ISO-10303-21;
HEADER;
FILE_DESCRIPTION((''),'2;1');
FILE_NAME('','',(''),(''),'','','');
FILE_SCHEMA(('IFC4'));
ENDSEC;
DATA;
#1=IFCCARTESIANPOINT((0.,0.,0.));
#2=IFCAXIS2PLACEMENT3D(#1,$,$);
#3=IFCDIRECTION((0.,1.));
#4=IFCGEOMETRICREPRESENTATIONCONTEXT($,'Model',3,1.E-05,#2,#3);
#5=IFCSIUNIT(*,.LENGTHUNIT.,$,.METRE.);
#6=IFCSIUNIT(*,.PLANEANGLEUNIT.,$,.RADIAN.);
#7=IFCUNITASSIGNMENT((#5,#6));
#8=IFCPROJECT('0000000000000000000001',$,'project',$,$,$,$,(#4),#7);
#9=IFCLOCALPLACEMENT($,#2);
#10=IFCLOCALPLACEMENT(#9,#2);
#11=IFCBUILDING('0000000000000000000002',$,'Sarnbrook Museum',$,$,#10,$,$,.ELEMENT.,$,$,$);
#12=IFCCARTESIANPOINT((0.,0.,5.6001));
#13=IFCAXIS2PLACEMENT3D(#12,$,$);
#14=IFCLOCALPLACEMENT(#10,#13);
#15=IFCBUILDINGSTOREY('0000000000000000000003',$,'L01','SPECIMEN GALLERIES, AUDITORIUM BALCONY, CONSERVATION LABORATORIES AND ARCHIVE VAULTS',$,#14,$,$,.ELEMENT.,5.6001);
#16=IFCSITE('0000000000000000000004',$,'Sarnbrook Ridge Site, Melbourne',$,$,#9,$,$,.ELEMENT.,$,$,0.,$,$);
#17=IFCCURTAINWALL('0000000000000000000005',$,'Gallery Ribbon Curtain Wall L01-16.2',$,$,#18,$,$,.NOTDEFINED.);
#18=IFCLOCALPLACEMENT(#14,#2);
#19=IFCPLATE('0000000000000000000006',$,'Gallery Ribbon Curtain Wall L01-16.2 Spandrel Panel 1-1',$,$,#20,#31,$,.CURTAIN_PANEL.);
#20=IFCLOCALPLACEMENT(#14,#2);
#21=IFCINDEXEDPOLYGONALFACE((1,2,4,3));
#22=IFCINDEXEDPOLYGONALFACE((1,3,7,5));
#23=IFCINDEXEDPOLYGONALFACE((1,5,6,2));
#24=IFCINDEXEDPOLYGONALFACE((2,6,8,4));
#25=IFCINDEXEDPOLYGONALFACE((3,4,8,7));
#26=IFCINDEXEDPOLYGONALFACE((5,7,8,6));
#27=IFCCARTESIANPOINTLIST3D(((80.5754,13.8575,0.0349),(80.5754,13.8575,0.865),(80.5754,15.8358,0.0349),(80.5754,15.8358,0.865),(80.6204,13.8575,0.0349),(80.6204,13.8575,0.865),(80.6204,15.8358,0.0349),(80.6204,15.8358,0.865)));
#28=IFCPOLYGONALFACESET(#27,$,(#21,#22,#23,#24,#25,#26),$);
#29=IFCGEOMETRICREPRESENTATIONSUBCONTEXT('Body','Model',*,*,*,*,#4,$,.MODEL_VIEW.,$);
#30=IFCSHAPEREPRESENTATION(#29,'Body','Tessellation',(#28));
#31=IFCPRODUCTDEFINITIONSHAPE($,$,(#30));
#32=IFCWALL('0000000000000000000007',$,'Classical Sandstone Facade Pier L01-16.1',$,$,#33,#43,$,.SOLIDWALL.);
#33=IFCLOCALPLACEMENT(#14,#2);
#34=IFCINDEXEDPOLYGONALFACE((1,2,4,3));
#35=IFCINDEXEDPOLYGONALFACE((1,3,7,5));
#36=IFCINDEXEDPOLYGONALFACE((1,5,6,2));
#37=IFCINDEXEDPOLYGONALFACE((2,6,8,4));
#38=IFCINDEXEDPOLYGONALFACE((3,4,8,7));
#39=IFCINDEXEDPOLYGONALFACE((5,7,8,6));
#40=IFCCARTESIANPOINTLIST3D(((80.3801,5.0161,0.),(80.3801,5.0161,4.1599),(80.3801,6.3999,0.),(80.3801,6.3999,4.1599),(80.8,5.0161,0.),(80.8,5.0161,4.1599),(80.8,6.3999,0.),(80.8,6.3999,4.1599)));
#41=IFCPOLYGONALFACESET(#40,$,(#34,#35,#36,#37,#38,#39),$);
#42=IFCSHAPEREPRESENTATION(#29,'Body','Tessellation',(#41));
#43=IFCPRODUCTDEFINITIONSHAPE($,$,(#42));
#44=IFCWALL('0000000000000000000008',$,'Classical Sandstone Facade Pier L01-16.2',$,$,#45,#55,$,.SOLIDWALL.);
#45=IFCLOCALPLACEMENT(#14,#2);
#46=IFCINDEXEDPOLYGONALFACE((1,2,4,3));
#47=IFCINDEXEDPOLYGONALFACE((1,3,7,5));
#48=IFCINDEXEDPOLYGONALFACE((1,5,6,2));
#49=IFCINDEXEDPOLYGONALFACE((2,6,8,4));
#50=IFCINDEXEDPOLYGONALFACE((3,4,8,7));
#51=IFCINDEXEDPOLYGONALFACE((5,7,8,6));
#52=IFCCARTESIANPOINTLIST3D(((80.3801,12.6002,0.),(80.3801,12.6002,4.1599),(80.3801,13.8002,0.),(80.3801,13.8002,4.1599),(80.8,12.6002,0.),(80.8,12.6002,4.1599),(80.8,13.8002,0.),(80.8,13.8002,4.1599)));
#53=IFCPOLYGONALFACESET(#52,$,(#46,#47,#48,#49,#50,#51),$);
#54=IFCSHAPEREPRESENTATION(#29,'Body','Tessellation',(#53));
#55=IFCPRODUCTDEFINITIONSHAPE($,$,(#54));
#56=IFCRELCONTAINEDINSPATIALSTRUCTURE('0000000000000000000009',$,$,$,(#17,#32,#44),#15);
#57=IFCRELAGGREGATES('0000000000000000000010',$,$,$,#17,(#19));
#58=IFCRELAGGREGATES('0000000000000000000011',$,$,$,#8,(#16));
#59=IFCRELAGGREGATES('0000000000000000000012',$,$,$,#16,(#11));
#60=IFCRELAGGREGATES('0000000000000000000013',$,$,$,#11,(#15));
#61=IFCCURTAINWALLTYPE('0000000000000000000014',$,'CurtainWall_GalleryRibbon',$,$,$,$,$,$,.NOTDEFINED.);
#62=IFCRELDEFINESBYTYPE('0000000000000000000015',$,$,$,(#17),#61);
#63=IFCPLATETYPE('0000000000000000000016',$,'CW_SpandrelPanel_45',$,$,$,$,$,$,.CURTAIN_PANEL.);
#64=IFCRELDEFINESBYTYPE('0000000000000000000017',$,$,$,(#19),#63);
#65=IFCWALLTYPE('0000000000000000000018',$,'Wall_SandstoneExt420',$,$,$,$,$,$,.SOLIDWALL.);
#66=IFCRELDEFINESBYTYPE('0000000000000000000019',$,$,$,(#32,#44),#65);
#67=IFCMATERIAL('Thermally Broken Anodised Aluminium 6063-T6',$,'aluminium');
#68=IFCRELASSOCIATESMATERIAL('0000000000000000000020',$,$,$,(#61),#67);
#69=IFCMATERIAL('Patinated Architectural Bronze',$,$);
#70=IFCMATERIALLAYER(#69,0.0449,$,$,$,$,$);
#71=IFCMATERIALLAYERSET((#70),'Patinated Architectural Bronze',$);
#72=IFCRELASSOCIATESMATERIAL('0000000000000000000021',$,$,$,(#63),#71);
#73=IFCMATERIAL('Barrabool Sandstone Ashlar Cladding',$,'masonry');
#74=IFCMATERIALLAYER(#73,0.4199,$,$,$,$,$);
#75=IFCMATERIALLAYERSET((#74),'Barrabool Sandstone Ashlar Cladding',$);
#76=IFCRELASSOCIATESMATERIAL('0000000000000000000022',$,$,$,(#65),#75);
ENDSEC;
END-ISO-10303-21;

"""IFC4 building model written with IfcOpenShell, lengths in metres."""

from ifc_helpers import new_model, si_unit, direction, frame, frame_2d, origin, origin_2d, place, context, subcontext, project, spatial, rectangle, extrude, material, layer, layer_set, type_object, element, aggregate, save


model = new_model("IFC4")

# Units and contexts
model_context = context("Model", 3, precision=1e-05, world=origin(), true_north=direction((0.0, 1.0)))
body_context = subcontext(model_context, "Body", "Model", "MODEL_VIEW")
ifc_project = project(units=[si_unit("LENGTHUNIT", "METRE"), si_unit("PLANEANGLEUNIT", "RADIAN")], contexts=[model_context])

# Site, building, storey
site_placement = place(None, origin())
site = spatial("IfcSite", under=ifc_project, at=site_placement, Name="Sarnbrook Ridge Site, Melbourne", CompositionType="ELEMENT", RefElevation=0.0)
building_placement = place(site_placement, origin())
building = spatial("IfcBuilding", under=site, at=building_placement, Name="Sarnbrook Museum", CompositionType="ELEMENT")
storey_placement = place(building_placement, frame((0.0, 0.0, 5.6001)))
storey = spatial("IfcBuildingStorey", under=building, at=storey_placement, Name="L01", Description="SPECIMEN GALLERIES, AUDITORIUM BALCONY, CONSERVATION LABORATORIES AND ARCHIVE VAULTS", CompositionType="ELEMENT", Elevation=5.6001)

# Shared definitions
ifc_material_1 = material(Name="Thermally Broken Anodised Aluminium 6063-T6", Category="aluminium")
curtain_wall_type = type_object("IfcCurtainWallType", Name="CurtainWall_GalleryRibbon", PredefinedType="NOTDEFINED", material=ifc_material_1)

# Curtain wall
curtain_wall_1_placement = place(storey_placement, origin())
curtain_wall_1 = element("IfcCurtainWall", 1, at=curtain_wall_1_placement, inside=storey, type_object=curtain_wall_type, Name="Gallery Ribbon Curtain Wall L01-16.2", PredefinedType="NOTDEFINED")

# Plate
ifc_material_2 = material(Name="Patinated Architectural Bronze")
ifc_layer_1 = layer(ifc_material_2, 0.0449)
ifc_layer_set_1 = layer_set([ifc_layer_1], Name="Patinated Architectural Bronze")
plate_type_1 = type_object("IfcPlateType", Name="CW_SpandrelPanel_45", PredefinedType="CURTAIN_PANEL", material=ifc_layer_set_1)
plate_1_placement = place(storey_placement, frame((80.5754, 14.8467, 0.45), z_axis=(1.0, 0.0, 0.0), x_axis=(0.0, 1.0, 0.0)))
plate_1 = element("IfcPlate", 2, at=plate_1_placement, type_object=plate_type_1, Name="Gallery Ribbon Curtain Wall L01-16.2 Spandrel Panel 1-1", PredefinedType="CURTAIN_PANEL", context=body_context, shape_type="SweptSolid", body=[
    extrude(rectangle(XDim=1.9783, YDim=0.8301, at=origin_2d()), origin(), (0.0, 0.0, 1.0), 0.0449),
])
aggregate(curtain_wall_1, [plate_1])

# Walls
ifc_material_3 = material(Name="Barrabool Sandstone Ashlar Cladding", Category="masonry")
ifc_layer_2 = layer(ifc_material_3, 0.4199)
ifc_layer_set_2 = layer_set([ifc_layer_2], Name="Barrabool Sandstone Ashlar Cladding")
wall_type = type_object("IfcWallType", Name="Wall_SandstoneExt420", PredefinedType="SOLIDWALL", material=ifc_layer_set_2)
wall_1_placement = place(storey_placement, frame((80.5901, 5.0161, 0.0), z_axis=(0.0, 0.0, 1.0), x_axis=(0.0, 1.0, 0.0)))
element("IfcWall", 3, at=wall_1_placement, inside=storey, type_object=wall_type, Name="Classical Sandstone Facade Pier L01-16.1", PredefinedType="SOLIDWALL", context=body_context, shape_type="SweptSolid", body=[
    extrude(rectangle(XDim=1.3838, YDim=0.4199, at=frame_2d((0.6919, 0.0))), origin(), (0.0, 0.0, 1.0), 4.1599),
])
wall_2_placement = place(storey_placement, frame((80.5901, 12.6001, 0.0), z_axis=(0.0, 0.0, 1.0), x_axis=(0.0, 1.0, 0.0)))
element("IfcWall", 4, at=wall_2_placement, inside=storey, type_object=wall_type, Name="Classical Sandstone Facade Pier L01-16.2", PredefinedType="SOLIDWALL", context=body_context, shape_type="SweptSolid", body=[
    extrude(rectangle(XDim=1.2, YDim=0.4199, at=frame_2d((0.6001, 0.0))), origin(), (0.0, 0.0, 1.0), 4.1599),
])

save(model, "model.ifc")
